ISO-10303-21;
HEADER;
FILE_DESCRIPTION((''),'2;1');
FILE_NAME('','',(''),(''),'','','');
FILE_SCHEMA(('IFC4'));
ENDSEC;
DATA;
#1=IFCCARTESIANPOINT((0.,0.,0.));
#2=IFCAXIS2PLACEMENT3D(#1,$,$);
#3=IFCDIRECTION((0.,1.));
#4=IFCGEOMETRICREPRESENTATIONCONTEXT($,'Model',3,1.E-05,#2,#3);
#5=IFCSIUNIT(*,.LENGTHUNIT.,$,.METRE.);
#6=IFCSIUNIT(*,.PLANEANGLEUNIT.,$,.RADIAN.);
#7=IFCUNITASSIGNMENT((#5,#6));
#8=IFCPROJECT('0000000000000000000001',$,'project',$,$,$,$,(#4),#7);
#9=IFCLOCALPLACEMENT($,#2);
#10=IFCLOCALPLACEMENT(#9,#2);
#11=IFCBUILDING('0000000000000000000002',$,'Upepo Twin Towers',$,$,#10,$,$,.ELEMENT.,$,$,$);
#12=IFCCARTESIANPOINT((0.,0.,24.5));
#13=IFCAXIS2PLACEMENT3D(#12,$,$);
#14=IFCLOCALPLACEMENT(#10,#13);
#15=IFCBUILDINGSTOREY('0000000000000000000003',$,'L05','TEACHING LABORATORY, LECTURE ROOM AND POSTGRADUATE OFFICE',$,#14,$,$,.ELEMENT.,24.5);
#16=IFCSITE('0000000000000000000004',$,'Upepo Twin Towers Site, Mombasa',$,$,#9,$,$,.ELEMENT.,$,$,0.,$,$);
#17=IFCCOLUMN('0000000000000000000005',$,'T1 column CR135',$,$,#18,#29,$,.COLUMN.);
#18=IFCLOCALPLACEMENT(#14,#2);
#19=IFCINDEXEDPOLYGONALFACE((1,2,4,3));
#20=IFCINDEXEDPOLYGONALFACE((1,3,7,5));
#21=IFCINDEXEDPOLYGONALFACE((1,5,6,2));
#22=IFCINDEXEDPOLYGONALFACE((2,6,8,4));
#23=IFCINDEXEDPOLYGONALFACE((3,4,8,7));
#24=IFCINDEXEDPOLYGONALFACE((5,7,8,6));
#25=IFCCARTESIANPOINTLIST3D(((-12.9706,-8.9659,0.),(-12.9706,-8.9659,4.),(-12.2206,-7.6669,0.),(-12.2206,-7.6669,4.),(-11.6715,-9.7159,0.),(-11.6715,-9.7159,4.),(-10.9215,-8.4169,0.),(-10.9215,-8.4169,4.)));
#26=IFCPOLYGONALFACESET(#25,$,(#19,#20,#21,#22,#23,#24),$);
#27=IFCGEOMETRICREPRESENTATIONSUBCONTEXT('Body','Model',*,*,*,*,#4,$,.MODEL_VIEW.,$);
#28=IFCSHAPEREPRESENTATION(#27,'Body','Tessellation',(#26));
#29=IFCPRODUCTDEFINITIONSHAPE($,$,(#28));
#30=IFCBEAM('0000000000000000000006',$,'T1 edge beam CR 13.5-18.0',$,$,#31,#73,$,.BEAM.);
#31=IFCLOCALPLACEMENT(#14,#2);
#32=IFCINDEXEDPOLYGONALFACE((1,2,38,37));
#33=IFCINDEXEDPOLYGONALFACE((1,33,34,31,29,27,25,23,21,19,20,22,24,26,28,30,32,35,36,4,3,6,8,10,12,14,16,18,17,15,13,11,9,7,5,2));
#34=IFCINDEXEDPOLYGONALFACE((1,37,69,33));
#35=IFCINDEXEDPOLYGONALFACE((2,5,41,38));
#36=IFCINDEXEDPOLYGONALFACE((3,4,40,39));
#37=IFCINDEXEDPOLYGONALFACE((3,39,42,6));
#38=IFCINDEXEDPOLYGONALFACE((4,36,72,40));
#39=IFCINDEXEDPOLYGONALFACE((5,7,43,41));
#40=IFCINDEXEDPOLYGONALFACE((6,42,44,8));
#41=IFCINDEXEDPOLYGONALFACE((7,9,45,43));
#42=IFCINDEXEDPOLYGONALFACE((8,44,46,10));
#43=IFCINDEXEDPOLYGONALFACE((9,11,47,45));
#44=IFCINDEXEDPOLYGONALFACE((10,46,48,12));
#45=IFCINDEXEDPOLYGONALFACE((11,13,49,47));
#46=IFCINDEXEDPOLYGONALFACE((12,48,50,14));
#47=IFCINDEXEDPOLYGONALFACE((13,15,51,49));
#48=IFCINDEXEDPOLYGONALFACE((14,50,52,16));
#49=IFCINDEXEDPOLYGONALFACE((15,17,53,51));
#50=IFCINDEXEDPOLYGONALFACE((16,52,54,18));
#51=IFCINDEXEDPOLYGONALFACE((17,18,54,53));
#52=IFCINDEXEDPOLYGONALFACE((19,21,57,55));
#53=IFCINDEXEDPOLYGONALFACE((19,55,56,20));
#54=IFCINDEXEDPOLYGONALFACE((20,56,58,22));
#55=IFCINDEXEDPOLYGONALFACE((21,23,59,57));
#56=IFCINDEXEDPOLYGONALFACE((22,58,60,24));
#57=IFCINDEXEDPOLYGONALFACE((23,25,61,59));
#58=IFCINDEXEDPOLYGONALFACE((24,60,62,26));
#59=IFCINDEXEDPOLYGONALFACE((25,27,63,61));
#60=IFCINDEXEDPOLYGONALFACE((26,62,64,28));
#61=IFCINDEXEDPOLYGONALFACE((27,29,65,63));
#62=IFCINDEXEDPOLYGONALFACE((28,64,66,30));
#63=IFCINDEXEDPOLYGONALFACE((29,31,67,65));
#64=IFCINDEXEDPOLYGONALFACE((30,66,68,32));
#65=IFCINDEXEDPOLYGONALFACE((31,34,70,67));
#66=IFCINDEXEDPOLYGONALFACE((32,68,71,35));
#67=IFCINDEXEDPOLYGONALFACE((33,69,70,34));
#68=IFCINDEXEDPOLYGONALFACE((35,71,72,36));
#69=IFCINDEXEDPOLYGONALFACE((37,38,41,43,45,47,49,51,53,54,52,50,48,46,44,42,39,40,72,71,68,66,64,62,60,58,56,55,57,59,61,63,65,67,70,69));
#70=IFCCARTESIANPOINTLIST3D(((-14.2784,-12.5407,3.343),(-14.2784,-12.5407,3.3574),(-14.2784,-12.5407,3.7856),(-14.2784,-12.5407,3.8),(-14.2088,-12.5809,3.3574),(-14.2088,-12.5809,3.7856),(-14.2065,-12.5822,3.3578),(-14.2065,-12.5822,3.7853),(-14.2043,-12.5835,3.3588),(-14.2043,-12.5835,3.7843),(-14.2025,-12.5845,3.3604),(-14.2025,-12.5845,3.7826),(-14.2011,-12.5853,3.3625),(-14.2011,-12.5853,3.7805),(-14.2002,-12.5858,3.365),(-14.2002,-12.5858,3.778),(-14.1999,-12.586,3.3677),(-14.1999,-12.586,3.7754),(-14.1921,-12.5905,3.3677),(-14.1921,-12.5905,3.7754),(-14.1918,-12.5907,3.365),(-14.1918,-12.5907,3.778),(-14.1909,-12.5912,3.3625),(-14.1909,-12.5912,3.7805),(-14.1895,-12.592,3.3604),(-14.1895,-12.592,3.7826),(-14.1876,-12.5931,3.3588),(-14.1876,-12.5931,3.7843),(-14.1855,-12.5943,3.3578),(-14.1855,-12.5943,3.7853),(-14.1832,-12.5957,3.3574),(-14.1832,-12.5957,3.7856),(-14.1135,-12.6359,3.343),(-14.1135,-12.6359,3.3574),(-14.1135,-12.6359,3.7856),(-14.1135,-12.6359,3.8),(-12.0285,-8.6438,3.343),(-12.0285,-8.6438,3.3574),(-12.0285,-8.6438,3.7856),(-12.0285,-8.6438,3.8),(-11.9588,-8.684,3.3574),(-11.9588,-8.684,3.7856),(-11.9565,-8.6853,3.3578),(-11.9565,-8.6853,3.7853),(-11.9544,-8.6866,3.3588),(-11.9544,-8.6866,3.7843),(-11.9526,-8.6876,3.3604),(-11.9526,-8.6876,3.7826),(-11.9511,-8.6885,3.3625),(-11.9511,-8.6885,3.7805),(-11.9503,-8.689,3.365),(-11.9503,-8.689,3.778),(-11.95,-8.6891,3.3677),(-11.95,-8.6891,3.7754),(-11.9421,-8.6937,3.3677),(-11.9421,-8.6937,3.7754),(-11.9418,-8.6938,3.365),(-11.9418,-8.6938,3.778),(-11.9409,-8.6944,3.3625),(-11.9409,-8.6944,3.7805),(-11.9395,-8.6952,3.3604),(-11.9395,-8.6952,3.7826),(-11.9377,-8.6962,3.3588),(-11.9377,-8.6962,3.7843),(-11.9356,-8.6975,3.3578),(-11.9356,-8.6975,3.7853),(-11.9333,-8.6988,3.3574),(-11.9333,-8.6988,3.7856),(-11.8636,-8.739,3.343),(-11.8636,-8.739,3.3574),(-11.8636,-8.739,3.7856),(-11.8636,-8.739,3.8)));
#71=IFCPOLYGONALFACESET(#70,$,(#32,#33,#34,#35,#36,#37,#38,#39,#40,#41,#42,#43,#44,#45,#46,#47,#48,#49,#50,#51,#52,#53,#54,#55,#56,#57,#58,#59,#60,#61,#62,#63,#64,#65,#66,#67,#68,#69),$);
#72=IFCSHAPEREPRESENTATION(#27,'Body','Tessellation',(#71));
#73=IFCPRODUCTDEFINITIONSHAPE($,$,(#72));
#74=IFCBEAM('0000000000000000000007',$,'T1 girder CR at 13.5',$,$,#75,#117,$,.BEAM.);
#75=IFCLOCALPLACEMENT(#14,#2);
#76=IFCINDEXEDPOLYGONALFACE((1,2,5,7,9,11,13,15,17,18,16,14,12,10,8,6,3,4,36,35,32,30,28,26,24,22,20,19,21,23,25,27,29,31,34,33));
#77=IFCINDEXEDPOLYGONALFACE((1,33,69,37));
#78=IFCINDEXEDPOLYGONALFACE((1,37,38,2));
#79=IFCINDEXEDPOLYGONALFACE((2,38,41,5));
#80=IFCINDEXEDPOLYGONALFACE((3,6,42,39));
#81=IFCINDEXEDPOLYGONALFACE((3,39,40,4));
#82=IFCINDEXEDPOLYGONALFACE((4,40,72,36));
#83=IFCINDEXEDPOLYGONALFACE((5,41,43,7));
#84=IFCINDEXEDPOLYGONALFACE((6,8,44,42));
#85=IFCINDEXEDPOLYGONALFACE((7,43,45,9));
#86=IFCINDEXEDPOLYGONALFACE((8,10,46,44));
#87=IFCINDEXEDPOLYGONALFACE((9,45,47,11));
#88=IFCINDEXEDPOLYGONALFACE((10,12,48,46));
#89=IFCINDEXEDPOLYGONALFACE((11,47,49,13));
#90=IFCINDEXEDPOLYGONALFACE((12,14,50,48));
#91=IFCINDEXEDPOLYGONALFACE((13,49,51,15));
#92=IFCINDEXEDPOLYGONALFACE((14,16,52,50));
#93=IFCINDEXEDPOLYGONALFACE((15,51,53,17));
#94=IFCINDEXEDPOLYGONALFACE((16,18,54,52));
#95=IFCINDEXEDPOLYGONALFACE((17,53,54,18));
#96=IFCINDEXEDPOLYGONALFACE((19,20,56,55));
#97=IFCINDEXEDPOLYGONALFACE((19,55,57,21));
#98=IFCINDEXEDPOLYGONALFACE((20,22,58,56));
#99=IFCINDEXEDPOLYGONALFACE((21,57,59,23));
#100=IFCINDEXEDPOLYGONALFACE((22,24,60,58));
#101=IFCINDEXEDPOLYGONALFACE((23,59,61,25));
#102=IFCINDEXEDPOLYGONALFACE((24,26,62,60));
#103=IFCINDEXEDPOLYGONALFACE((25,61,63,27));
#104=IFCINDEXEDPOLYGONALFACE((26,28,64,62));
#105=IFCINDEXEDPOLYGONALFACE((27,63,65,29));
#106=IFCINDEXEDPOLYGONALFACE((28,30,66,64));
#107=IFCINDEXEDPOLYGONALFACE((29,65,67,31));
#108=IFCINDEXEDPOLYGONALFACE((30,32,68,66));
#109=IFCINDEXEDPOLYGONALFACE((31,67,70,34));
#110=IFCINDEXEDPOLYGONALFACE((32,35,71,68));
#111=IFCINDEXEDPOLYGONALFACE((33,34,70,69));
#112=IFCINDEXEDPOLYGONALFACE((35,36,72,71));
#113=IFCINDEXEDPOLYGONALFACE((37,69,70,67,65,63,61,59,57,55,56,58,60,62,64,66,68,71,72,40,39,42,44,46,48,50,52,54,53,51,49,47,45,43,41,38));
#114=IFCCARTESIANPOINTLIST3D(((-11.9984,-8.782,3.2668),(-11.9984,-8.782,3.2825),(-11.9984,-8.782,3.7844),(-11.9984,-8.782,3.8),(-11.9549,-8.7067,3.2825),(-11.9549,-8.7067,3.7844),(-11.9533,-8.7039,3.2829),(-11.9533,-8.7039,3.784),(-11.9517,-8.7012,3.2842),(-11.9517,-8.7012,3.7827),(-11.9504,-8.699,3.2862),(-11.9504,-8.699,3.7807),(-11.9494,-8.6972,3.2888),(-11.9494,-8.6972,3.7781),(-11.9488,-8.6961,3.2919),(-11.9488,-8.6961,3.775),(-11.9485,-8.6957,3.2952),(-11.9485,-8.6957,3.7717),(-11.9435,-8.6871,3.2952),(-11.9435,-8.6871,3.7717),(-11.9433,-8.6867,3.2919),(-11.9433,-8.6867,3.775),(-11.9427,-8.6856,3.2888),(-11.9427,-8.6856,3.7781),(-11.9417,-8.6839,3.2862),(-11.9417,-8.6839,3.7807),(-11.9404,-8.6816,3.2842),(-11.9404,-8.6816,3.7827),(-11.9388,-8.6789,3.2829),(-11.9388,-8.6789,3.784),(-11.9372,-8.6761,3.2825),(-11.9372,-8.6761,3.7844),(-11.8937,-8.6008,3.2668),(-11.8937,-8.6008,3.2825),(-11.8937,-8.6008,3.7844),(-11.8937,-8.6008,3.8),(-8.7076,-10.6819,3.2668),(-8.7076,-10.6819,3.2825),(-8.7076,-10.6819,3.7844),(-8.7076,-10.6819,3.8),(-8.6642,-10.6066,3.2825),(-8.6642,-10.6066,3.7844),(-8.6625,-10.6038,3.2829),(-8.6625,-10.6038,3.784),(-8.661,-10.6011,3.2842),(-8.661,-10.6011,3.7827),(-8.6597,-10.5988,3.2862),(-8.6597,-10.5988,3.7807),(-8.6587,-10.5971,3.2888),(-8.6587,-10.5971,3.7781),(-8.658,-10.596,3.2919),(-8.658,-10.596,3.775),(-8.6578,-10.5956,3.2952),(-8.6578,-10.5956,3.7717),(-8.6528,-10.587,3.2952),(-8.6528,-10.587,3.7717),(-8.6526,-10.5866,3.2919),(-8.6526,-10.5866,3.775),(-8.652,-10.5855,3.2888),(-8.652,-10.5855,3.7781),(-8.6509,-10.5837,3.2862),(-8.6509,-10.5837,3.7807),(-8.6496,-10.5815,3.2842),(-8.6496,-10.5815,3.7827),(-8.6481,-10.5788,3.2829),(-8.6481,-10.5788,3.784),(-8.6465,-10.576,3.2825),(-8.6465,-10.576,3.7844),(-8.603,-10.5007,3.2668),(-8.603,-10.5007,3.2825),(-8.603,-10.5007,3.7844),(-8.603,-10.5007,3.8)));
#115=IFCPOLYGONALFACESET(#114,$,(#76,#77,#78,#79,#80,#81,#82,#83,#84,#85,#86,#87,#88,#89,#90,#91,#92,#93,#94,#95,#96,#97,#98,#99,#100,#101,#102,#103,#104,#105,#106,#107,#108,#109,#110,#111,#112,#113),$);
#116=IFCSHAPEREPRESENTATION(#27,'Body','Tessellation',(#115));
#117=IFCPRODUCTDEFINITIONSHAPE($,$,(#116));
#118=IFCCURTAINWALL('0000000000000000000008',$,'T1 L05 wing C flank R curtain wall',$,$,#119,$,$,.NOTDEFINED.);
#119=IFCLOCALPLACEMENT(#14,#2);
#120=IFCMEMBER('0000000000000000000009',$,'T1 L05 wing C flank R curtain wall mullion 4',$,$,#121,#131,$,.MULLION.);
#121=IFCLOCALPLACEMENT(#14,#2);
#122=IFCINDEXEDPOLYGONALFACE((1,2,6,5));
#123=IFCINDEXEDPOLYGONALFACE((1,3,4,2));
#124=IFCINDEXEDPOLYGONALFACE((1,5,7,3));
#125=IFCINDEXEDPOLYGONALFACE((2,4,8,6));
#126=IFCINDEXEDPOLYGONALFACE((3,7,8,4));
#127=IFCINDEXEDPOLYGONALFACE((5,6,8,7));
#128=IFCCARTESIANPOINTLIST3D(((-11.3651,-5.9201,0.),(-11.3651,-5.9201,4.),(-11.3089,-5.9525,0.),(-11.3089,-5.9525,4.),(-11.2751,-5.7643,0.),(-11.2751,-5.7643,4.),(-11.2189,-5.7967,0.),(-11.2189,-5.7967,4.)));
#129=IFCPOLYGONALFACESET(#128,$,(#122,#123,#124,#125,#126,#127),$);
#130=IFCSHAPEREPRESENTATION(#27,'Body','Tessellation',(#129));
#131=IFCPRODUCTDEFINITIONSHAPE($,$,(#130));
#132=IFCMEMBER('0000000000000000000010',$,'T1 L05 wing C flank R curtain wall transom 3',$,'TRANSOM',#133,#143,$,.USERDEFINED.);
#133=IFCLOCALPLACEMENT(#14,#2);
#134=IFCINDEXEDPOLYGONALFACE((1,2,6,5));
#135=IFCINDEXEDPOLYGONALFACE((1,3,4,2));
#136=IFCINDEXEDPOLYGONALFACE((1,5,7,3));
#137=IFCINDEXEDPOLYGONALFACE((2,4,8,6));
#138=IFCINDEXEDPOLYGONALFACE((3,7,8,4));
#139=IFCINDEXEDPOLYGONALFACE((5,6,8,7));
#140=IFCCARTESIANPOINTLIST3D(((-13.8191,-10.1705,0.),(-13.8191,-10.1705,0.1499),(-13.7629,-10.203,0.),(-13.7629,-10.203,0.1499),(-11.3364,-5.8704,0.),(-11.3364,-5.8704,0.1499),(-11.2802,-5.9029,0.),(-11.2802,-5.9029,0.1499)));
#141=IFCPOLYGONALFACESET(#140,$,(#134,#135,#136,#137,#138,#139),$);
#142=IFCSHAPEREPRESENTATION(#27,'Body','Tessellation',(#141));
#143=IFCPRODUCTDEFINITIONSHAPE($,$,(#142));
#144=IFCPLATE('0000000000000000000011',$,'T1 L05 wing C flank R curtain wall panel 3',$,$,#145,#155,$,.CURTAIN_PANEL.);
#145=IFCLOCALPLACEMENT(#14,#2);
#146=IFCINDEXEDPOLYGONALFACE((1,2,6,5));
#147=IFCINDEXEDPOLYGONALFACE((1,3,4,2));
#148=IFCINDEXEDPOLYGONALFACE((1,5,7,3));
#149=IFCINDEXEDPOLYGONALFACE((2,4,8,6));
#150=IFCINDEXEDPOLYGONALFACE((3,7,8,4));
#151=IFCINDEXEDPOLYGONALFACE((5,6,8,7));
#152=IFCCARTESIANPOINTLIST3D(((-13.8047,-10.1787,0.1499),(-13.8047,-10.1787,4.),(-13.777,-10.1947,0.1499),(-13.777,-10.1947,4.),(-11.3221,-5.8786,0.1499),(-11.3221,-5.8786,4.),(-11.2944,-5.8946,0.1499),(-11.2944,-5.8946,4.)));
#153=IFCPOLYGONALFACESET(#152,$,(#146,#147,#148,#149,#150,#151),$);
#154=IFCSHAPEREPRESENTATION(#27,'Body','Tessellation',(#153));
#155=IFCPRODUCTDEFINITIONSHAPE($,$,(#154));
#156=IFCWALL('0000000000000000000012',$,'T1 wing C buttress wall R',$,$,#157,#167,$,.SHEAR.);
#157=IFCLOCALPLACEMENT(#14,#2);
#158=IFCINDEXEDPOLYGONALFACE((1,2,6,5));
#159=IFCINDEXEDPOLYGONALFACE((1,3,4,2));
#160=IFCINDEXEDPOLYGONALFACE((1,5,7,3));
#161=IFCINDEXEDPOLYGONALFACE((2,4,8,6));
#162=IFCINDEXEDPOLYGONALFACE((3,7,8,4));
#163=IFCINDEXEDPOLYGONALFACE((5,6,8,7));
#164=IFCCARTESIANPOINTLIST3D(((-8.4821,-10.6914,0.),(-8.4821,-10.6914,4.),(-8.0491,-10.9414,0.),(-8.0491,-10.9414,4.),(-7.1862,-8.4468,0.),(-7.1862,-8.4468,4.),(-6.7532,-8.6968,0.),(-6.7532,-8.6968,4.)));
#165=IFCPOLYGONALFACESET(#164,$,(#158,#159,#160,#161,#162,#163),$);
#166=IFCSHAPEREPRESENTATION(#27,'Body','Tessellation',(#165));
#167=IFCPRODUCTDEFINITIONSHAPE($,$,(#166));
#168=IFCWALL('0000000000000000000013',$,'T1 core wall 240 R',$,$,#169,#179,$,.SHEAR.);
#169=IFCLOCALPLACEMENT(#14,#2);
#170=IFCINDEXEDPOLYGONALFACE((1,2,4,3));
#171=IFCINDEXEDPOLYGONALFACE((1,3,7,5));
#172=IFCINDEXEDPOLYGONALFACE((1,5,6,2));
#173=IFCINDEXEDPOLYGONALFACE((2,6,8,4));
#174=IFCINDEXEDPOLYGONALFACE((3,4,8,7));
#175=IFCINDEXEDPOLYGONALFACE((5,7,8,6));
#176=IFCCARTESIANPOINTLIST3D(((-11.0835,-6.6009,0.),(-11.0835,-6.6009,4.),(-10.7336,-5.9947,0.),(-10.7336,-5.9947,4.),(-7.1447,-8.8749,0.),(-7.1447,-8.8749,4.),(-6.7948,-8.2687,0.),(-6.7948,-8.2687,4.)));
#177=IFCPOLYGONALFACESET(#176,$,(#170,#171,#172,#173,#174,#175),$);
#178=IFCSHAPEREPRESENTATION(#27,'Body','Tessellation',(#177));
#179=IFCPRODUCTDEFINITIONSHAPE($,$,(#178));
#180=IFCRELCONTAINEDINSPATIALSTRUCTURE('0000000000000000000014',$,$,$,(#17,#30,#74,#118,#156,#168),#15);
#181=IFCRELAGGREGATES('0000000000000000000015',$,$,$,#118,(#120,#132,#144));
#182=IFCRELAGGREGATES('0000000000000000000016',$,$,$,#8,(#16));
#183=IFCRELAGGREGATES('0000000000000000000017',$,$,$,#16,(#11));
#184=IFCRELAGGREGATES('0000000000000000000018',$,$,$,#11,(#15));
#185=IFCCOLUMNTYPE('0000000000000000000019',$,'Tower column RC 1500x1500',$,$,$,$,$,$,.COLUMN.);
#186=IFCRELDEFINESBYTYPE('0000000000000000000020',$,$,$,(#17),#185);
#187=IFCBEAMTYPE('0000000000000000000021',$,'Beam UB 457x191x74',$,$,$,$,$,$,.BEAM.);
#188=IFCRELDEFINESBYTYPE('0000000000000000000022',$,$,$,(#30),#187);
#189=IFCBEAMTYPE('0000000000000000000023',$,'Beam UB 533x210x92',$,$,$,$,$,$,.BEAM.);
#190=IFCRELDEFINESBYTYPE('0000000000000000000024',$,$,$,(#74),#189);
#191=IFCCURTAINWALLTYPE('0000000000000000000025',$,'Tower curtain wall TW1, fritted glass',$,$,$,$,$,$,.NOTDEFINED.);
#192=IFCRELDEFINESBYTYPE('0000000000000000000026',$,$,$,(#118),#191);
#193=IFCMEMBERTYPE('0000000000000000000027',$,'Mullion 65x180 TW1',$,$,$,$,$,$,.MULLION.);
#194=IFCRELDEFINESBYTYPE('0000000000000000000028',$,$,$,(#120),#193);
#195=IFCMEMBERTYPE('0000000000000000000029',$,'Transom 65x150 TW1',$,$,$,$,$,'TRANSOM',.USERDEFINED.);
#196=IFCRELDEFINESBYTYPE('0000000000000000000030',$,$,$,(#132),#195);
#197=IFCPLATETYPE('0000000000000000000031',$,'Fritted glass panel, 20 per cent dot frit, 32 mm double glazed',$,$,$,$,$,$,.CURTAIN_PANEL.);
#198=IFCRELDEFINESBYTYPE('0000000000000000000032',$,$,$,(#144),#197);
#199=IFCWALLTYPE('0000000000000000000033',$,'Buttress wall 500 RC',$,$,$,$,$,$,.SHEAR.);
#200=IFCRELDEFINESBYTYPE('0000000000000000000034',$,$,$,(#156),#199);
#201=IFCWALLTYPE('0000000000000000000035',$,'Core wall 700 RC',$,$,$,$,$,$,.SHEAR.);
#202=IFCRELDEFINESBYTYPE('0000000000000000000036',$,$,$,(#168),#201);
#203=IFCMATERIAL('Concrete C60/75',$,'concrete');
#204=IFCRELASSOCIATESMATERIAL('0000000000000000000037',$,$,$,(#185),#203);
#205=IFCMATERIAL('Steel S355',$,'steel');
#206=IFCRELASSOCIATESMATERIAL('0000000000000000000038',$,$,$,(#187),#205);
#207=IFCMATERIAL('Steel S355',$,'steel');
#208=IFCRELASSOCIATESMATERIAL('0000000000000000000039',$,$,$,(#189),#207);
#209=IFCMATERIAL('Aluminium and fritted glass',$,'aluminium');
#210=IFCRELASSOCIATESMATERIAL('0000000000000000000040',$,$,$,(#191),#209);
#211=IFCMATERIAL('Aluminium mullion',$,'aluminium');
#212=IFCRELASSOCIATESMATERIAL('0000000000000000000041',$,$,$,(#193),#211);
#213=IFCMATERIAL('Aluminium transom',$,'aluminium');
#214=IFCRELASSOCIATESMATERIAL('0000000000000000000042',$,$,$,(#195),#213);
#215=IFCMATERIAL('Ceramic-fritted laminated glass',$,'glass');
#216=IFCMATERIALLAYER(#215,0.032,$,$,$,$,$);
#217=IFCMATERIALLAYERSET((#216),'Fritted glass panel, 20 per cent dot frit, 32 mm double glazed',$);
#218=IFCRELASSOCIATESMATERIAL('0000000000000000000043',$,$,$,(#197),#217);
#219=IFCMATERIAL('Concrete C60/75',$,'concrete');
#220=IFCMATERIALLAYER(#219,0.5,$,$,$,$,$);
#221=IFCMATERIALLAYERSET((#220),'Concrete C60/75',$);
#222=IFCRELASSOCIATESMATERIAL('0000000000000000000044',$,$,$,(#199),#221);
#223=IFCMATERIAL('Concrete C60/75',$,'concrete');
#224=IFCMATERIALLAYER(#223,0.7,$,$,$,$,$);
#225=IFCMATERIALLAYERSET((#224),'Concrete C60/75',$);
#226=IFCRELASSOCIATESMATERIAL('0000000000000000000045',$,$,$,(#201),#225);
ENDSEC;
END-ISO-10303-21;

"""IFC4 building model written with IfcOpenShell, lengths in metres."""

from ifc_helpers import new_model, si_unit, direction, frame, frame_2d, origin, origin_2d, place, context, subcontext, project, spatial, rectangle, i_section, extrude, material, layer, layer_set, material_profile, profile_set, type_object, element, aggregate, save


model = new_model("IFC4")

# Units and contexts
model_context = context("Model", 3, precision=1e-05, world=origin(), true_north=direction((0.0, 1.0)))
body_context = subcontext(model_context, "Body", "Model", "MODEL_VIEW")
ifc_project = project(units=[si_unit("LENGTHUNIT", "METRE"), si_unit("PLANEANGLEUNIT", "RADIAN")], contexts=[model_context])

# Site, building, storey
site_placement = place(None, origin())
site = spatial("IfcSite", under=ifc_project, at=site_placement, Name="Upepo Twin Towers Site, Mombasa", CompositionType="ELEMENT", RefElevation=0.0)
building_placement = place(site_placement, origin())
building = spatial("IfcBuilding", under=site, at=building_placement, Name="Upepo Twin Towers", CompositionType="ELEMENT")
storey_placement = place(building_placement, frame((0.0, 0.0, 24.5)))
storey = spatial("IfcBuildingStorey", under=building, at=storey_placement, Name="L05", Description="TEACHING LABORATORY, LECTURE ROOM AND POSTGRADUATE OFFICE", CompositionType="ELEMENT", Elevation=24.5)

# Column
ifc_material_1 = material(Name="Concrete C60/75", Category="concrete")
ifc_material_profile_1 = material_profile(ifc_material_1, rectangle(XDim=1.5, YDim=1.5, at=origin_2d()), Name="RC 1500x1500")
ifc_profile_set_1 = profile_set([ifc_material_profile_1], Name="Concrete C60/75")
column_type = type_object("IfcColumnType", Name="Tower column RC 1500x1500", PredefinedType="COLUMN", material=ifc_profile_set_1)
column_placement = place(storey_placement, frame((-11.946, -8.6914, 0.0), z_axis=(0.0, 0.0, 1.0), x_axis=(0.5, 0.866025, 0.0)))
element("IfcColumn", 1, at=column_placement, inside=storey, type_object=column_type, Name="T1 column CR135", PredefinedType="COLUMN", context=body_context, shape_type="SweptSolid", body=[
    extrude(rectangle(XDim=1.5, YDim=1.5, at=origin_2d()), origin(), (0.0, 0.0, 1.0), 4.0),
])

# Beams
ifc_material_2 = material(Name="Steel S355", Category="steel")
ifc_material_profile_2 = material_profile(ifc_material_2, i_section(OverallWidth=0.1904, OverallDepth=0.457, WebThickness=0.009, FlangeThickness=0.0144, FilletRadius=0.0103, at=origin_2d()), Name="UB 457x191x74")
ifc_profile_set_2 = profile_set([ifc_material_profile_2], Name="Steel S355")
beam_type_1 = type_object("IfcBeamType", Name="Beam UB 457x191x74", PredefinedType="BEAM", material=ifc_profile_set_2)
beam_1_placement = place(storey_placement, frame((-11.946, -8.6914, 3.5715), z_axis=(-0.500014, -0.866018, 0.0), x_axis=(0.866018, -0.500014, 0.0)))
element("IfcBeam", 2, at=beam_1_placement, inside=storey, type_object=beam_type_1, Name="T1 edge beam CR 13.5-18.0", PredefinedType="BEAM", context=body_context, shape_type="SweptSolid", body=[
    extrude(i_section(OverallWidth=0.1904, OverallDepth=0.457, WebThickness=0.009, FlangeThickness=0.0144, FilletRadius=0.0103, at=origin_2d()), origin(), (0.0, 0.0, 1.0), 4.4998),
])
ifc_material_3 = material(Name="Steel S355", Category="steel")
ifc_material_profile_3 = material_profile(ifc_material_3, i_section(OverallWidth=0.2092, OverallDepth=0.5332, WebThickness=0.01, FlangeThickness=0.0156, FilletRadius=0.0127, at=origin_2d()), Name="UB 533x210x92")
ifc_profile_set_3 = profile_set([ifc_material_profile_3], Name="Steel S355")
beam_type_2 = type_object("IfcBeamType", Name="Beam UB 533x210x92", PredefinedType="BEAM", material=ifc_profile_set_3)
beam_2_placement = place(storey_placement, frame((-11.946, -8.6914, 3.5334), z_axis=(0.866028, -0.499995, 0.0), x_axis=(0.499995, 0.866028, 0.0)))
element("IfcBeam", 3, at=beam_2_placement, inside=storey, type_object=beam_type_2, Name="T1 girder CR at 13.5", PredefinedType="BEAM", context=body_context, shape_type="SweptSolid", body=[
    extrude(i_section(OverallWidth=0.2092, OverallDepth=0.5332, WebThickness=0.01, FlangeThickness=0.0156, FilletRadius=0.0127, at=origin_2d()), origin(), (0.0, 0.0, 1.0), 3.7998),
])

# Curtain wall, members, plate
ifc_material_4 = material(Name="Aluminium and fritted glass", Category="aluminium")
curtain_wall_type = type_object("IfcCurtainWallType", Name="Tower curtain wall TW1, fritted glass", PredefinedType="NOTDEFINED", material=ifc_material_4)
curtain_wall_placement = place(storey_placement, origin())
curtain_wall = element("IfcCurtainWall", 4, at=curtain_wall_placement, inside=storey, type_object=curtain_wall_type, Name="T1 L05 wing C flank R curtain wall", PredefinedType="NOTDEFINED")
ifc_material_5 = material(Name="Aluminium mullion", Category="aluminium")
ifc_material_profile_4 = material_profile(ifc_material_5, rectangle(XDim=0.0649, YDim=0.1799, at=origin_2d()), Name="MULLION 65x180")
ifc_profile_set_4 = profile_set([ifc_material_profile_4], Name="Aluminium mullion")
member_type_1 = type_object("IfcMemberType", Name="Mullion 65x180 TW1", PredefinedType="MULLION", material=ifc_profile_set_4)
member_1_placement = place(storey_placement, frame((-11.292, -5.8584, 0.0), z_axis=(0.0, 0.0, 1.0), x_axis=(-0.866025, 0.5, 0.0)))
member_1 = element("IfcMember", 5, at=member_1_placement, type_object=member_type_1, Name="T1 L05 wing C flank R curtain wall mullion 4", PredefinedType="MULLION", context=body_context, shape_type="SweptSolid", body=[
    extrude(rectangle(XDim=0.0649, YDim=0.1799, at=origin_2d()), origin(), (0.0, 0.0, 1.0), 4.0),
])
ifc_material_6 = material(Name="Aluminium transom", Category="aluminium")
ifc_material_profile_5 = material_profile(ifc_material_6, rectangle(XDim=0.0649, YDim=0.1499, at=origin_2d()), Name="TRANSOM 65x150")
ifc_profile_set_5 = profile_set([ifc_material_profile_5], Name="Aluminium transom")
member_type_2 = type_object("IfcMemberType", Name="Transom 65x150 TW1", ElementType="TRANSOM", PredefinedType="USERDEFINED", material=ifc_profile_set_5)
member_2_placement = place(storey_placement, frame((-13.791, -10.1868, 0.075), z_axis=(0.500005, 0.866023, 0.0), x_axis=(-0.866023, 0.500005, 0.0)))
member_2 = element("IfcMember", 6, at=member_2_placement, type_object=member_type_2, Name="T1 L05 wing C flank R curtain wall transom 3", ObjectType="TRANSOM", PredefinedType="USERDEFINED", context=body_context, shape_type="SweptSolid", body=[
    extrude(rectangle(XDim=0.0649, YDim=0.1499, at=origin_2d()), origin(), (0.0, 0.0, 1.0), 4.9653),
])
ifc_material_7 = material(Name="Ceramic-fritted laminated glass", Category="glass")
ifc_layer_1 = layer(ifc_material_7, 0.032)
ifc_layer_set_1 = layer_set([ifc_layer_1], Name="Fritted glass panel, 20 per cent dot frit, 32 mm double glazed")
plate_type = type_object("IfcPlateType", Name="Fritted glass panel, 20 per cent dot frit, 32 mm double glazed", PredefinedType="CURTAIN_PANEL", material=ifc_layer_set_1)
plate_placement = place(storey_placement, frame((-12.5496, -8.0366, 0.1499), z_axis=(0.0, 0.0, 1.0), x_axis=(0.5, 0.866025, 0.0)))
plate = element("IfcPlate", 7, at=plate_placement, type_object=plate_type, Name="T1 L05 wing C flank R curtain wall panel 3", PredefinedType="CURTAIN_PANEL", context=body_context, shape_type="SweptSolid", body=[
    extrude(rectangle(XDim=4.9653, YDim=0.032, at=origin_2d()), origin(), (0.0, 0.0, 1.0), 3.8501),
])
aggregate(curtain_wall, [member_1, member_2, plate])

# Walls
ifc_material_8 = material(Name="Concrete C60/75", Category="concrete")
ifc_layer_2 = layer(ifc_material_8, 0.5)
ifc_layer_set_2 = layer_set([ifc_layer_2], Name="Concrete C60/75")
wall_type_1 = type_object("IfcWallType", Name="Buttress wall 500 RC", PredefinedType="SHEAR", material=ifc_layer_set_2)
wall_1_placement = place(storey_placement, frame((-6.9697, -8.5718, 0.0), z_axis=(0.0, 0.0, 1.0), x_axis=(-0.499989, -0.866032, 0.0)))
element("IfcWall", 8, at=wall_1_placement, inside=storey, type_object=wall_type_1, Name="T1 wing C buttress wall R", PredefinedType="SHEAR", context=body_context, shape_type="SweptSolid", body=[
    extrude(rectangle(XDim=2.5918, YDim=0.5, at=frame_2d((1.2959, 0.0))), origin(), (0.0, 0.0, 1.0), 4.0),
])
ifc_material_9 = material(Name="Concrete C60/75", Category="concrete")
ifc_layer_3 = layer(ifc_material_9, 0.7)
ifc_layer_set_3 = layer_set([ifc_layer_3], Name="Concrete C60/75")
wall_type_2 = type_object("IfcWallType", Name="Core wall 700 RC", PredefinedType="SHEAR", material=ifc_layer_set_3)
wall_2_placement = place(storey_placement, frame((-10.9084, -6.2979, 0.0), z_axis=(0.0, 0.0, 1.0), x_axis=(0.866035, -0.499984, 0.0)))
element("IfcWall", 9, at=wall_2_placement, inside=storey, type_object=wall_type_2, Name="T1 core wall 240 R", PredefinedType="SHEAR", context=body_context, shape_type="SweptSolid", body=[
    extrude(rectangle(XDim=4.5481, YDim=0.7, at=frame_2d((2.2739, 0.0))), origin(), (0.0, 0.0, 1.0), 4.0),
])

save(model, "model.ifc")
